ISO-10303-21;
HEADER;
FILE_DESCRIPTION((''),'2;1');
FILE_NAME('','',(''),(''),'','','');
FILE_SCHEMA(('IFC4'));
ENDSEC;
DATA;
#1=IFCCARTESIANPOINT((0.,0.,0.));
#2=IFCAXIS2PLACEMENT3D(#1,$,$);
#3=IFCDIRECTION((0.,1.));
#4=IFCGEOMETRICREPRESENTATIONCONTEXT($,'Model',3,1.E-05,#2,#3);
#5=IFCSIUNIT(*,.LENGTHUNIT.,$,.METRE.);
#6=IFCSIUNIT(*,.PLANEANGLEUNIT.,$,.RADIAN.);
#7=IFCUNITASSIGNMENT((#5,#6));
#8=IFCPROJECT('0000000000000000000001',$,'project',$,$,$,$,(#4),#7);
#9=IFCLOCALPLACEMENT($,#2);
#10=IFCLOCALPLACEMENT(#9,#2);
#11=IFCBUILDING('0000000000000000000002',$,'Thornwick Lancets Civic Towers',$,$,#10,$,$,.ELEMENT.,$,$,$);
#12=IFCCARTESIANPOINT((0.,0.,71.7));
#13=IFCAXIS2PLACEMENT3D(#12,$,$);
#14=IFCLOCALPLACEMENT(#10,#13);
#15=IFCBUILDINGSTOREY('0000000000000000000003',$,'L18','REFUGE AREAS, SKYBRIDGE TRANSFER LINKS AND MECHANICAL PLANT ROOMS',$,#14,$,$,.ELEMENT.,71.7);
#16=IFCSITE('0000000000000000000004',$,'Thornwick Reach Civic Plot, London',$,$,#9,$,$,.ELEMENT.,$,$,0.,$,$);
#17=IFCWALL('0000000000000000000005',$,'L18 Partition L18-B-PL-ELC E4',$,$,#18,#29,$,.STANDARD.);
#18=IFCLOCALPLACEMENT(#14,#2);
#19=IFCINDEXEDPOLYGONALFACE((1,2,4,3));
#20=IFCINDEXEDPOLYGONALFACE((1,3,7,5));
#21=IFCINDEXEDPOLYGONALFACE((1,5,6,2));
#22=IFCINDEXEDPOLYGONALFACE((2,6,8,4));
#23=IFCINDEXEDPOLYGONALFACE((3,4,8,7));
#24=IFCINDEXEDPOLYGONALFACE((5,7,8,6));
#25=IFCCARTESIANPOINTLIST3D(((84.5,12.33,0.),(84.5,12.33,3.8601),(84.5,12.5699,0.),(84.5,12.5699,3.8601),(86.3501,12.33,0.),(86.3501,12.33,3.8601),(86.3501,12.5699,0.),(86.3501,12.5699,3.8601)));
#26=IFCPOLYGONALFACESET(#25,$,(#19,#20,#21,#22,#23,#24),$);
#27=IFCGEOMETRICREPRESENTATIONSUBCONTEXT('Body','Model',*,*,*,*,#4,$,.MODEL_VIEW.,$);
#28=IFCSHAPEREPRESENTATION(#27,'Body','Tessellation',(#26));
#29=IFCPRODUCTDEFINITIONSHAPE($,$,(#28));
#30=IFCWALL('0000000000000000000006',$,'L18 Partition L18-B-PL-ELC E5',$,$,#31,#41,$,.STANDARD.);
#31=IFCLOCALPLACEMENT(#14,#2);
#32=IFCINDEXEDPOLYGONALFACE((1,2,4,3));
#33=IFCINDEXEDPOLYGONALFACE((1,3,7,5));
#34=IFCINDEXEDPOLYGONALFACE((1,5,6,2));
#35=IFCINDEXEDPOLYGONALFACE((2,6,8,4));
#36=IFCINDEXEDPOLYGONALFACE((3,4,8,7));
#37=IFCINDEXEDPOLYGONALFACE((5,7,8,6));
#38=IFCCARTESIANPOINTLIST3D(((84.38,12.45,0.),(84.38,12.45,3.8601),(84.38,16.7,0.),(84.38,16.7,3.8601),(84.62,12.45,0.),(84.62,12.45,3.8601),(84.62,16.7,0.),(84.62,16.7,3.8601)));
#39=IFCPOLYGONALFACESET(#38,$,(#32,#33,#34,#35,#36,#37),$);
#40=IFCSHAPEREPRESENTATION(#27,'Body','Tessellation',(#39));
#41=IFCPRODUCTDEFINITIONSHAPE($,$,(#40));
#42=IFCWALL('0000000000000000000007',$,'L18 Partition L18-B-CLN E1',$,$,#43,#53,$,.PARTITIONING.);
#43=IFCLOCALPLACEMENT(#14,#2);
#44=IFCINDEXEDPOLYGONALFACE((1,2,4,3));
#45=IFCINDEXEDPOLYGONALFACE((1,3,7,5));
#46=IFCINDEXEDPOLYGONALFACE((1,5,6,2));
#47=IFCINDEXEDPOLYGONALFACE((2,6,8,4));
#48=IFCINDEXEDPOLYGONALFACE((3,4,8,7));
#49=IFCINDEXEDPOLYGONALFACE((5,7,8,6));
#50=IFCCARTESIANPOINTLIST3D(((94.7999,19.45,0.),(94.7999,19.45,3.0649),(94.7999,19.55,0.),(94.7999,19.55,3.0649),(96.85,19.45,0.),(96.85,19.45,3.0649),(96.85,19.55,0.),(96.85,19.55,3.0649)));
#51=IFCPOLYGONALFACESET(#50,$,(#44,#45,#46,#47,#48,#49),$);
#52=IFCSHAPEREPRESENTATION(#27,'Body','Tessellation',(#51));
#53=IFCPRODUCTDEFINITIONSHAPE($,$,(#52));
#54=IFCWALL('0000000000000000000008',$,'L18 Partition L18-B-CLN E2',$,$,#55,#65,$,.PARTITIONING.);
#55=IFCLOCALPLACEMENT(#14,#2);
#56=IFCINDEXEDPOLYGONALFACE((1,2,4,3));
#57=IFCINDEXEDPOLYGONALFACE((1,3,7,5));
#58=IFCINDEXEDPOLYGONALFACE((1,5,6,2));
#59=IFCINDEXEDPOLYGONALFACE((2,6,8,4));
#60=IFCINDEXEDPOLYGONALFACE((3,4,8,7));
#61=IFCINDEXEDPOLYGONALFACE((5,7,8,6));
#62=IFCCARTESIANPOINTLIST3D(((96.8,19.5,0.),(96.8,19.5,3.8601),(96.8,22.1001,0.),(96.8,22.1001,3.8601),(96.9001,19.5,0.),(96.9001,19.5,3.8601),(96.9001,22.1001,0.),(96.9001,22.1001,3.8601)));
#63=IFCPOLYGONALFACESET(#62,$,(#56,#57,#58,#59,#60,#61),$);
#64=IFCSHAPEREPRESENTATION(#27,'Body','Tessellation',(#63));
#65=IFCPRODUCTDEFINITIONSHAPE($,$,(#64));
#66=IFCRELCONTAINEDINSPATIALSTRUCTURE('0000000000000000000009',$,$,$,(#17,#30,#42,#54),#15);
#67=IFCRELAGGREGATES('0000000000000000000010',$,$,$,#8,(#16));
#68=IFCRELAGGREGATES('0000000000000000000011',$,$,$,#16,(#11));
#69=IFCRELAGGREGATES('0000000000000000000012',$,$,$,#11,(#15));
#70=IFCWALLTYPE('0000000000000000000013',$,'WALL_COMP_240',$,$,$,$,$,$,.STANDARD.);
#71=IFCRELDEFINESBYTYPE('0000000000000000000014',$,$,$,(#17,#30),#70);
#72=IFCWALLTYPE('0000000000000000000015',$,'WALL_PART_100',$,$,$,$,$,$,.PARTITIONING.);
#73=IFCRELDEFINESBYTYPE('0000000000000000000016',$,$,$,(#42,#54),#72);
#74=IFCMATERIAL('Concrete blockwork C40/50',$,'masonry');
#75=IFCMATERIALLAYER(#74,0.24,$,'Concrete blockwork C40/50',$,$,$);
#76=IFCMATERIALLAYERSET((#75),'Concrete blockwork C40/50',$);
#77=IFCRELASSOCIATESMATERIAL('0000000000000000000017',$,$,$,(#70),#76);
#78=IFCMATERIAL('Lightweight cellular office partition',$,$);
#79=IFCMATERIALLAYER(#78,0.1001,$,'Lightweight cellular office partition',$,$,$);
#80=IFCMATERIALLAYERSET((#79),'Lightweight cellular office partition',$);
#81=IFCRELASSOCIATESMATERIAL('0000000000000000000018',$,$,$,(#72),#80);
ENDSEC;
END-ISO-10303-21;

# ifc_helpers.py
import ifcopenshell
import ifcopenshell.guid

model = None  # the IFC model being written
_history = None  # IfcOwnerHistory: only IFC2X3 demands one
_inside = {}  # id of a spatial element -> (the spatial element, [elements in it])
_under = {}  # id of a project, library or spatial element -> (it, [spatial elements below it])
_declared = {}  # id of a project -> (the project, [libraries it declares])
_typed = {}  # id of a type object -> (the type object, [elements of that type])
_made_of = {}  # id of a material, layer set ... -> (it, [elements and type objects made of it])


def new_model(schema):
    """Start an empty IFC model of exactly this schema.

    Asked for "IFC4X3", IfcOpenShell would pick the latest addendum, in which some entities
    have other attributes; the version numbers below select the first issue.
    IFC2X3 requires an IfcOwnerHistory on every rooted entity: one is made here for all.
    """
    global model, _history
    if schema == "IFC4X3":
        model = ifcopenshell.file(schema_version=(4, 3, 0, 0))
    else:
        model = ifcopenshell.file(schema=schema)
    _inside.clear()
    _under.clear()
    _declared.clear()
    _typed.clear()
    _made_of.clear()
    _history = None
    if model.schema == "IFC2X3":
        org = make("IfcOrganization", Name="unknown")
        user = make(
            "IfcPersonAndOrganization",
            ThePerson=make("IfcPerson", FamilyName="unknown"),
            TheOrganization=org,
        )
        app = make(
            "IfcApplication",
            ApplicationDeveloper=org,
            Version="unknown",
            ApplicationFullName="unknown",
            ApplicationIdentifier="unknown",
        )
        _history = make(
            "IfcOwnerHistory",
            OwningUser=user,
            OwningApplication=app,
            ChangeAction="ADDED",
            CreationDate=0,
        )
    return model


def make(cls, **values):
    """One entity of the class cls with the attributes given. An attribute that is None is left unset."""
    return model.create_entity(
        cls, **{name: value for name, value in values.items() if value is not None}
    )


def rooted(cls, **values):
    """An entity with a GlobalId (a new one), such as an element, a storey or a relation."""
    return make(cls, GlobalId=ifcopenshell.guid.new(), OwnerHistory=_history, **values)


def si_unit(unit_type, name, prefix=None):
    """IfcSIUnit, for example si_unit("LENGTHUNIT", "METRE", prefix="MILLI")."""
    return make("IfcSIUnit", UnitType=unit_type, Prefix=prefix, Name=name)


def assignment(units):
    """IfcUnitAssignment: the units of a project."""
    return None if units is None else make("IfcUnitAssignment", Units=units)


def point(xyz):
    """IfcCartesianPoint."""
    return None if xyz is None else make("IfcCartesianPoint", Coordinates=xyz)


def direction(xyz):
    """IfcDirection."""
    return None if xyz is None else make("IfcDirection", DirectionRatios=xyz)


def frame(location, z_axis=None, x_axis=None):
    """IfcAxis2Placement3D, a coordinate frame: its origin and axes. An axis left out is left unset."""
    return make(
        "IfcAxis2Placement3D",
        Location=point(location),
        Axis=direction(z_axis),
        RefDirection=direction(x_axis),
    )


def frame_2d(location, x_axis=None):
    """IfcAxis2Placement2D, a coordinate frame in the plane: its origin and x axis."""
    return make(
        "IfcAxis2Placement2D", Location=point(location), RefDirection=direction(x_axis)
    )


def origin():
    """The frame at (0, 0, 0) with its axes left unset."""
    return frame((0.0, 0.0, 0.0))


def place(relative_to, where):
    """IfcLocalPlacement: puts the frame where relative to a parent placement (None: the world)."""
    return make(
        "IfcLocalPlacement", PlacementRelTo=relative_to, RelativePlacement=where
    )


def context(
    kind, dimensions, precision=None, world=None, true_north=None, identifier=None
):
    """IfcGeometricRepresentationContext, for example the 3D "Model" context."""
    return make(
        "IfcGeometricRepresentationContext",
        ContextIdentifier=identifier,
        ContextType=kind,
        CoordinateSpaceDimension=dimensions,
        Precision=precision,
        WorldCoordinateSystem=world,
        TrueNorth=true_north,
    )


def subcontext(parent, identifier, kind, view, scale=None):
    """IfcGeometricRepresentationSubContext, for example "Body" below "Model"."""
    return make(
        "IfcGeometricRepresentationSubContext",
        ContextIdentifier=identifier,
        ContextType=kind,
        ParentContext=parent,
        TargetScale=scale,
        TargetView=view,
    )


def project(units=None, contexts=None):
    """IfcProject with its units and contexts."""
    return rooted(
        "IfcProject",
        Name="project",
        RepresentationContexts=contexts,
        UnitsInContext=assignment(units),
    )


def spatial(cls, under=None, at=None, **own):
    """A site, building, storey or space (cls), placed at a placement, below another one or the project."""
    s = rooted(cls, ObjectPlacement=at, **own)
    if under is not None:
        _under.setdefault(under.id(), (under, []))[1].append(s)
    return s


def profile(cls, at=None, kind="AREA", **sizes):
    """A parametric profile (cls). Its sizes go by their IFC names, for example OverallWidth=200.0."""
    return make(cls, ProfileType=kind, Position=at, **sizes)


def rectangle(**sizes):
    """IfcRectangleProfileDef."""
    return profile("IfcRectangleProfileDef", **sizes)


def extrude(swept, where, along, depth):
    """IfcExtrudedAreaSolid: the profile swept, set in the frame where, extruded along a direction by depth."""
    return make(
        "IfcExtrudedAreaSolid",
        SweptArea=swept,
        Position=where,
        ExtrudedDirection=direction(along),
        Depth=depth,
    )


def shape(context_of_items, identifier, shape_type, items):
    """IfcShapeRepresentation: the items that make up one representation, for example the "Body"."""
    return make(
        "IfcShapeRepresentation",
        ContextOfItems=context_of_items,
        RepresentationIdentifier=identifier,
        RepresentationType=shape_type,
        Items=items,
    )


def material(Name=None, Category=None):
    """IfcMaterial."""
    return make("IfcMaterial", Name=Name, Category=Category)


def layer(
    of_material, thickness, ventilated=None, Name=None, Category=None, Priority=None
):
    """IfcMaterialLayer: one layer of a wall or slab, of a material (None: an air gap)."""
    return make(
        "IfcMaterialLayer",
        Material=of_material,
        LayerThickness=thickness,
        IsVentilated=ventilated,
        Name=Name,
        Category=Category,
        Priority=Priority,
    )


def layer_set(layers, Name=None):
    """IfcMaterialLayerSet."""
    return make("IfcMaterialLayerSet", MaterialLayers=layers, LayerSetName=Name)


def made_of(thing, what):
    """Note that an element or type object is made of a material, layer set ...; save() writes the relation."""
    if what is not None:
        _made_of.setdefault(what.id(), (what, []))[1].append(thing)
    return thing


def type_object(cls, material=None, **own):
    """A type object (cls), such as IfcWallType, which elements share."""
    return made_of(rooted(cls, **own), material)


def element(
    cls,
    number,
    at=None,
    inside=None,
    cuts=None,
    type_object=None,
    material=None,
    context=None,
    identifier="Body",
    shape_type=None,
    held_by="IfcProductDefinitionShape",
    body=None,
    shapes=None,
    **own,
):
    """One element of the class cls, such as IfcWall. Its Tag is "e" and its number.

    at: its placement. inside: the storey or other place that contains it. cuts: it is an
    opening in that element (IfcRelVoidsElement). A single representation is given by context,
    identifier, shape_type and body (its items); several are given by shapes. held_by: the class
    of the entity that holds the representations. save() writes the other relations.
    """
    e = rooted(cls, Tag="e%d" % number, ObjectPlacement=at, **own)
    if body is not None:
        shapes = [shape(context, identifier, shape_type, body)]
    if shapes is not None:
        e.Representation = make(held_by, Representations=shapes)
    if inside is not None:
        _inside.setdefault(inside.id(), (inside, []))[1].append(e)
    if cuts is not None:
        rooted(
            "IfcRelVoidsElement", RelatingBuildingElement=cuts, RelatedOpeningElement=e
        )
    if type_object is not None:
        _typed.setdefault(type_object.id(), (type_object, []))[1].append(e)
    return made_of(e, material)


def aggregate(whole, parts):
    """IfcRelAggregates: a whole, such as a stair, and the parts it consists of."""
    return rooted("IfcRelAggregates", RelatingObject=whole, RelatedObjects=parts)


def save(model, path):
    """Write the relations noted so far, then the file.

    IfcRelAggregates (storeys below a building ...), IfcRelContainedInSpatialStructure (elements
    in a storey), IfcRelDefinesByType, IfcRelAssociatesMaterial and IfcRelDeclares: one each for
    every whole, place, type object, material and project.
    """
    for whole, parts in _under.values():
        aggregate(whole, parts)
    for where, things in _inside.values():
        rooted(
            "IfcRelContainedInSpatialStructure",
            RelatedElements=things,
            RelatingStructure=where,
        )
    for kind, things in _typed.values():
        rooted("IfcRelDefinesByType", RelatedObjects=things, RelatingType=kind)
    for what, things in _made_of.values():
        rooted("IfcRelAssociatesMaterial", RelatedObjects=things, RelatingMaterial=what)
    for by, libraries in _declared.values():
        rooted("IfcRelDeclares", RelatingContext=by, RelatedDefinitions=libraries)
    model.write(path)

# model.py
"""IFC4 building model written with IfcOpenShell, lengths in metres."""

from ifc_helpers import new_model, si_unit, direction, frame, frame_2d, origin, place, context, subcontext, project, spatial, rectangle, extrude, material, layer, layer_set, type_object, element, save


model = new_model("IFC4")

# Units and contexts
model_context = context("Model", 3, precision=1e-05, world=origin(), true_north=direction((0.0, 1.0)))
body_context = subcontext(model_context, "Body", "Model", "MODEL_VIEW")
ifc_project = project(units=[si_unit("LENGTHUNIT", "METRE"), si_unit("PLANEANGLEUNIT", "RADIAN")], contexts=[model_context])

# Site, building, storey
site_placement = place(None, origin())
site = spatial("IfcSite", under=ifc_project, at=site_placement, Name="Thornwick Reach Civic Plot, London", CompositionType="ELEMENT", RefElevation=0.0)
building_placement = place(site_placement, origin())
building = spatial("IfcBuilding", under=site, at=building_placement, Name="Thornwick Lancets Civic Towers", CompositionType="ELEMENT")
storey_placement = place(building_placement, frame((0.0, 0.0, 71.7)))
storey = spatial("IfcBuildingStorey", under=building, at=storey_placement, Name="L18", Description="REFUGE AREAS, SKYBRIDGE TRANSFER LINKS AND MECHANICAL PLANT ROOMS", CompositionType="ELEMENT", Elevation=71.7)

# Shared definitions
ifc_material_1 = material(Name="Concrete blockwork C40/50", Category="masonry")

# Shared definitions
ifc_layer_1 = layer(ifc_material_1, 0.24, Name="Concrete blockwork C40/50")
ifc_layer_set_1 = layer_set([ifc_layer_1], Name="Concrete blockwork C40/50")
wall_type_1 = type_object("IfcWallType", Name="WALL_COMP_240", PredefinedType="STANDARD", material=ifc_layer_set_1)

# Walls
wall_1_placement = place(storey_placement, frame((86.3501, 12.45, 0.0), z_axis=(0.0, 0.0, 1.0), x_axis=(-1.0, 0.0, 0.0)))
element("IfcWall", 1, at=wall_1_placement, inside=storey, type_object=wall_type_1, Name="L18 Partition L18-B-PL-ELC E4", PredefinedType="STANDARD", context=body_context, shape_type="SweptSolid", body=[
    extrude(rectangle(XDim=1.8501, YDim=0.24, at=frame_2d((0.925, 0.0))), origin(), (0.0, 0.0, 1.0), 3.8601),
])
wall_2_placement = place(storey_placement, frame((84.5, 12.45, 0.0), z_axis=(0.0, 0.0, 1.0), x_axis=(0.0, 1.0, 0.0)))
element("IfcWall", 2, at=wall_2_placement, inside=storey, type_object=wall_type_1, Name="L18 Partition L18-B-PL-ELC E5", PredefinedType="STANDARD", context=body_context, shape_type="SweptSolid", body=[
    extrude(rectangle(XDim=4.25, YDim=0.24, at=frame_2d((2.125, 0.0))), origin(), (0.0, 0.0, 1.0), 3.8601),
])
ifc_material_2 = material(Name="Lightweight cellular office partition")
ifc_layer_2 = layer(ifc_material_2, 0.1001, Name="Lightweight cellular office partition")
ifc_layer_set_2 = layer_set([ifc_layer_2], Name="Lightweight cellular office partition")
wall_type_2 = type_object("IfcWallType", Name="WALL_PART_100", PredefinedType="PARTITIONING", material=ifc_layer_set_2)
wall_3_placement = place(storey_placement, frame((94.8, 19.5, 0.0), z_axis=(0.0, 0.0, 1.0), x_axis=(1.0, 0.0, 0.0)))
element("IfcWall", 3, at=wall_3_placement, inside=storey, type_object=wall_type_2, Name="L18 Partition L18-B-CLN E1", PredefinedType="PARTITIONING", context=body_context, shape_type="SweptSolid", body=[
    extrude(rectangle(XDim=2.05, YDim=0.1001, at=frame_2d((1.0249, 0.0))), origin(), (0.0, 0.0, 1.0), 3.0649),
])
wall_4_placement = place(storey_placement, frame((96.8501, 19.5, 0.0), z_axis=(0.0, 0.0, 1.0), x_axis=(0.0, 1.0, 0.0)))
element("IfcWall", 4, at=wall_4_placement, inside=storey, type_object=wall_type_2, Name="L18 Partition L18-B-CLN E2", PredefinedType="PARTITIONING", context=body_context, shape_type="SweptSolid", body=[
    extrude(rectangle(XDim=2.6001, YDim=0.1001, at=frame_2d((1.3, 0.0))), origin(), (0.0, 0.0, 1.0), 3.8601),
])

save(model, "model.ifc")
